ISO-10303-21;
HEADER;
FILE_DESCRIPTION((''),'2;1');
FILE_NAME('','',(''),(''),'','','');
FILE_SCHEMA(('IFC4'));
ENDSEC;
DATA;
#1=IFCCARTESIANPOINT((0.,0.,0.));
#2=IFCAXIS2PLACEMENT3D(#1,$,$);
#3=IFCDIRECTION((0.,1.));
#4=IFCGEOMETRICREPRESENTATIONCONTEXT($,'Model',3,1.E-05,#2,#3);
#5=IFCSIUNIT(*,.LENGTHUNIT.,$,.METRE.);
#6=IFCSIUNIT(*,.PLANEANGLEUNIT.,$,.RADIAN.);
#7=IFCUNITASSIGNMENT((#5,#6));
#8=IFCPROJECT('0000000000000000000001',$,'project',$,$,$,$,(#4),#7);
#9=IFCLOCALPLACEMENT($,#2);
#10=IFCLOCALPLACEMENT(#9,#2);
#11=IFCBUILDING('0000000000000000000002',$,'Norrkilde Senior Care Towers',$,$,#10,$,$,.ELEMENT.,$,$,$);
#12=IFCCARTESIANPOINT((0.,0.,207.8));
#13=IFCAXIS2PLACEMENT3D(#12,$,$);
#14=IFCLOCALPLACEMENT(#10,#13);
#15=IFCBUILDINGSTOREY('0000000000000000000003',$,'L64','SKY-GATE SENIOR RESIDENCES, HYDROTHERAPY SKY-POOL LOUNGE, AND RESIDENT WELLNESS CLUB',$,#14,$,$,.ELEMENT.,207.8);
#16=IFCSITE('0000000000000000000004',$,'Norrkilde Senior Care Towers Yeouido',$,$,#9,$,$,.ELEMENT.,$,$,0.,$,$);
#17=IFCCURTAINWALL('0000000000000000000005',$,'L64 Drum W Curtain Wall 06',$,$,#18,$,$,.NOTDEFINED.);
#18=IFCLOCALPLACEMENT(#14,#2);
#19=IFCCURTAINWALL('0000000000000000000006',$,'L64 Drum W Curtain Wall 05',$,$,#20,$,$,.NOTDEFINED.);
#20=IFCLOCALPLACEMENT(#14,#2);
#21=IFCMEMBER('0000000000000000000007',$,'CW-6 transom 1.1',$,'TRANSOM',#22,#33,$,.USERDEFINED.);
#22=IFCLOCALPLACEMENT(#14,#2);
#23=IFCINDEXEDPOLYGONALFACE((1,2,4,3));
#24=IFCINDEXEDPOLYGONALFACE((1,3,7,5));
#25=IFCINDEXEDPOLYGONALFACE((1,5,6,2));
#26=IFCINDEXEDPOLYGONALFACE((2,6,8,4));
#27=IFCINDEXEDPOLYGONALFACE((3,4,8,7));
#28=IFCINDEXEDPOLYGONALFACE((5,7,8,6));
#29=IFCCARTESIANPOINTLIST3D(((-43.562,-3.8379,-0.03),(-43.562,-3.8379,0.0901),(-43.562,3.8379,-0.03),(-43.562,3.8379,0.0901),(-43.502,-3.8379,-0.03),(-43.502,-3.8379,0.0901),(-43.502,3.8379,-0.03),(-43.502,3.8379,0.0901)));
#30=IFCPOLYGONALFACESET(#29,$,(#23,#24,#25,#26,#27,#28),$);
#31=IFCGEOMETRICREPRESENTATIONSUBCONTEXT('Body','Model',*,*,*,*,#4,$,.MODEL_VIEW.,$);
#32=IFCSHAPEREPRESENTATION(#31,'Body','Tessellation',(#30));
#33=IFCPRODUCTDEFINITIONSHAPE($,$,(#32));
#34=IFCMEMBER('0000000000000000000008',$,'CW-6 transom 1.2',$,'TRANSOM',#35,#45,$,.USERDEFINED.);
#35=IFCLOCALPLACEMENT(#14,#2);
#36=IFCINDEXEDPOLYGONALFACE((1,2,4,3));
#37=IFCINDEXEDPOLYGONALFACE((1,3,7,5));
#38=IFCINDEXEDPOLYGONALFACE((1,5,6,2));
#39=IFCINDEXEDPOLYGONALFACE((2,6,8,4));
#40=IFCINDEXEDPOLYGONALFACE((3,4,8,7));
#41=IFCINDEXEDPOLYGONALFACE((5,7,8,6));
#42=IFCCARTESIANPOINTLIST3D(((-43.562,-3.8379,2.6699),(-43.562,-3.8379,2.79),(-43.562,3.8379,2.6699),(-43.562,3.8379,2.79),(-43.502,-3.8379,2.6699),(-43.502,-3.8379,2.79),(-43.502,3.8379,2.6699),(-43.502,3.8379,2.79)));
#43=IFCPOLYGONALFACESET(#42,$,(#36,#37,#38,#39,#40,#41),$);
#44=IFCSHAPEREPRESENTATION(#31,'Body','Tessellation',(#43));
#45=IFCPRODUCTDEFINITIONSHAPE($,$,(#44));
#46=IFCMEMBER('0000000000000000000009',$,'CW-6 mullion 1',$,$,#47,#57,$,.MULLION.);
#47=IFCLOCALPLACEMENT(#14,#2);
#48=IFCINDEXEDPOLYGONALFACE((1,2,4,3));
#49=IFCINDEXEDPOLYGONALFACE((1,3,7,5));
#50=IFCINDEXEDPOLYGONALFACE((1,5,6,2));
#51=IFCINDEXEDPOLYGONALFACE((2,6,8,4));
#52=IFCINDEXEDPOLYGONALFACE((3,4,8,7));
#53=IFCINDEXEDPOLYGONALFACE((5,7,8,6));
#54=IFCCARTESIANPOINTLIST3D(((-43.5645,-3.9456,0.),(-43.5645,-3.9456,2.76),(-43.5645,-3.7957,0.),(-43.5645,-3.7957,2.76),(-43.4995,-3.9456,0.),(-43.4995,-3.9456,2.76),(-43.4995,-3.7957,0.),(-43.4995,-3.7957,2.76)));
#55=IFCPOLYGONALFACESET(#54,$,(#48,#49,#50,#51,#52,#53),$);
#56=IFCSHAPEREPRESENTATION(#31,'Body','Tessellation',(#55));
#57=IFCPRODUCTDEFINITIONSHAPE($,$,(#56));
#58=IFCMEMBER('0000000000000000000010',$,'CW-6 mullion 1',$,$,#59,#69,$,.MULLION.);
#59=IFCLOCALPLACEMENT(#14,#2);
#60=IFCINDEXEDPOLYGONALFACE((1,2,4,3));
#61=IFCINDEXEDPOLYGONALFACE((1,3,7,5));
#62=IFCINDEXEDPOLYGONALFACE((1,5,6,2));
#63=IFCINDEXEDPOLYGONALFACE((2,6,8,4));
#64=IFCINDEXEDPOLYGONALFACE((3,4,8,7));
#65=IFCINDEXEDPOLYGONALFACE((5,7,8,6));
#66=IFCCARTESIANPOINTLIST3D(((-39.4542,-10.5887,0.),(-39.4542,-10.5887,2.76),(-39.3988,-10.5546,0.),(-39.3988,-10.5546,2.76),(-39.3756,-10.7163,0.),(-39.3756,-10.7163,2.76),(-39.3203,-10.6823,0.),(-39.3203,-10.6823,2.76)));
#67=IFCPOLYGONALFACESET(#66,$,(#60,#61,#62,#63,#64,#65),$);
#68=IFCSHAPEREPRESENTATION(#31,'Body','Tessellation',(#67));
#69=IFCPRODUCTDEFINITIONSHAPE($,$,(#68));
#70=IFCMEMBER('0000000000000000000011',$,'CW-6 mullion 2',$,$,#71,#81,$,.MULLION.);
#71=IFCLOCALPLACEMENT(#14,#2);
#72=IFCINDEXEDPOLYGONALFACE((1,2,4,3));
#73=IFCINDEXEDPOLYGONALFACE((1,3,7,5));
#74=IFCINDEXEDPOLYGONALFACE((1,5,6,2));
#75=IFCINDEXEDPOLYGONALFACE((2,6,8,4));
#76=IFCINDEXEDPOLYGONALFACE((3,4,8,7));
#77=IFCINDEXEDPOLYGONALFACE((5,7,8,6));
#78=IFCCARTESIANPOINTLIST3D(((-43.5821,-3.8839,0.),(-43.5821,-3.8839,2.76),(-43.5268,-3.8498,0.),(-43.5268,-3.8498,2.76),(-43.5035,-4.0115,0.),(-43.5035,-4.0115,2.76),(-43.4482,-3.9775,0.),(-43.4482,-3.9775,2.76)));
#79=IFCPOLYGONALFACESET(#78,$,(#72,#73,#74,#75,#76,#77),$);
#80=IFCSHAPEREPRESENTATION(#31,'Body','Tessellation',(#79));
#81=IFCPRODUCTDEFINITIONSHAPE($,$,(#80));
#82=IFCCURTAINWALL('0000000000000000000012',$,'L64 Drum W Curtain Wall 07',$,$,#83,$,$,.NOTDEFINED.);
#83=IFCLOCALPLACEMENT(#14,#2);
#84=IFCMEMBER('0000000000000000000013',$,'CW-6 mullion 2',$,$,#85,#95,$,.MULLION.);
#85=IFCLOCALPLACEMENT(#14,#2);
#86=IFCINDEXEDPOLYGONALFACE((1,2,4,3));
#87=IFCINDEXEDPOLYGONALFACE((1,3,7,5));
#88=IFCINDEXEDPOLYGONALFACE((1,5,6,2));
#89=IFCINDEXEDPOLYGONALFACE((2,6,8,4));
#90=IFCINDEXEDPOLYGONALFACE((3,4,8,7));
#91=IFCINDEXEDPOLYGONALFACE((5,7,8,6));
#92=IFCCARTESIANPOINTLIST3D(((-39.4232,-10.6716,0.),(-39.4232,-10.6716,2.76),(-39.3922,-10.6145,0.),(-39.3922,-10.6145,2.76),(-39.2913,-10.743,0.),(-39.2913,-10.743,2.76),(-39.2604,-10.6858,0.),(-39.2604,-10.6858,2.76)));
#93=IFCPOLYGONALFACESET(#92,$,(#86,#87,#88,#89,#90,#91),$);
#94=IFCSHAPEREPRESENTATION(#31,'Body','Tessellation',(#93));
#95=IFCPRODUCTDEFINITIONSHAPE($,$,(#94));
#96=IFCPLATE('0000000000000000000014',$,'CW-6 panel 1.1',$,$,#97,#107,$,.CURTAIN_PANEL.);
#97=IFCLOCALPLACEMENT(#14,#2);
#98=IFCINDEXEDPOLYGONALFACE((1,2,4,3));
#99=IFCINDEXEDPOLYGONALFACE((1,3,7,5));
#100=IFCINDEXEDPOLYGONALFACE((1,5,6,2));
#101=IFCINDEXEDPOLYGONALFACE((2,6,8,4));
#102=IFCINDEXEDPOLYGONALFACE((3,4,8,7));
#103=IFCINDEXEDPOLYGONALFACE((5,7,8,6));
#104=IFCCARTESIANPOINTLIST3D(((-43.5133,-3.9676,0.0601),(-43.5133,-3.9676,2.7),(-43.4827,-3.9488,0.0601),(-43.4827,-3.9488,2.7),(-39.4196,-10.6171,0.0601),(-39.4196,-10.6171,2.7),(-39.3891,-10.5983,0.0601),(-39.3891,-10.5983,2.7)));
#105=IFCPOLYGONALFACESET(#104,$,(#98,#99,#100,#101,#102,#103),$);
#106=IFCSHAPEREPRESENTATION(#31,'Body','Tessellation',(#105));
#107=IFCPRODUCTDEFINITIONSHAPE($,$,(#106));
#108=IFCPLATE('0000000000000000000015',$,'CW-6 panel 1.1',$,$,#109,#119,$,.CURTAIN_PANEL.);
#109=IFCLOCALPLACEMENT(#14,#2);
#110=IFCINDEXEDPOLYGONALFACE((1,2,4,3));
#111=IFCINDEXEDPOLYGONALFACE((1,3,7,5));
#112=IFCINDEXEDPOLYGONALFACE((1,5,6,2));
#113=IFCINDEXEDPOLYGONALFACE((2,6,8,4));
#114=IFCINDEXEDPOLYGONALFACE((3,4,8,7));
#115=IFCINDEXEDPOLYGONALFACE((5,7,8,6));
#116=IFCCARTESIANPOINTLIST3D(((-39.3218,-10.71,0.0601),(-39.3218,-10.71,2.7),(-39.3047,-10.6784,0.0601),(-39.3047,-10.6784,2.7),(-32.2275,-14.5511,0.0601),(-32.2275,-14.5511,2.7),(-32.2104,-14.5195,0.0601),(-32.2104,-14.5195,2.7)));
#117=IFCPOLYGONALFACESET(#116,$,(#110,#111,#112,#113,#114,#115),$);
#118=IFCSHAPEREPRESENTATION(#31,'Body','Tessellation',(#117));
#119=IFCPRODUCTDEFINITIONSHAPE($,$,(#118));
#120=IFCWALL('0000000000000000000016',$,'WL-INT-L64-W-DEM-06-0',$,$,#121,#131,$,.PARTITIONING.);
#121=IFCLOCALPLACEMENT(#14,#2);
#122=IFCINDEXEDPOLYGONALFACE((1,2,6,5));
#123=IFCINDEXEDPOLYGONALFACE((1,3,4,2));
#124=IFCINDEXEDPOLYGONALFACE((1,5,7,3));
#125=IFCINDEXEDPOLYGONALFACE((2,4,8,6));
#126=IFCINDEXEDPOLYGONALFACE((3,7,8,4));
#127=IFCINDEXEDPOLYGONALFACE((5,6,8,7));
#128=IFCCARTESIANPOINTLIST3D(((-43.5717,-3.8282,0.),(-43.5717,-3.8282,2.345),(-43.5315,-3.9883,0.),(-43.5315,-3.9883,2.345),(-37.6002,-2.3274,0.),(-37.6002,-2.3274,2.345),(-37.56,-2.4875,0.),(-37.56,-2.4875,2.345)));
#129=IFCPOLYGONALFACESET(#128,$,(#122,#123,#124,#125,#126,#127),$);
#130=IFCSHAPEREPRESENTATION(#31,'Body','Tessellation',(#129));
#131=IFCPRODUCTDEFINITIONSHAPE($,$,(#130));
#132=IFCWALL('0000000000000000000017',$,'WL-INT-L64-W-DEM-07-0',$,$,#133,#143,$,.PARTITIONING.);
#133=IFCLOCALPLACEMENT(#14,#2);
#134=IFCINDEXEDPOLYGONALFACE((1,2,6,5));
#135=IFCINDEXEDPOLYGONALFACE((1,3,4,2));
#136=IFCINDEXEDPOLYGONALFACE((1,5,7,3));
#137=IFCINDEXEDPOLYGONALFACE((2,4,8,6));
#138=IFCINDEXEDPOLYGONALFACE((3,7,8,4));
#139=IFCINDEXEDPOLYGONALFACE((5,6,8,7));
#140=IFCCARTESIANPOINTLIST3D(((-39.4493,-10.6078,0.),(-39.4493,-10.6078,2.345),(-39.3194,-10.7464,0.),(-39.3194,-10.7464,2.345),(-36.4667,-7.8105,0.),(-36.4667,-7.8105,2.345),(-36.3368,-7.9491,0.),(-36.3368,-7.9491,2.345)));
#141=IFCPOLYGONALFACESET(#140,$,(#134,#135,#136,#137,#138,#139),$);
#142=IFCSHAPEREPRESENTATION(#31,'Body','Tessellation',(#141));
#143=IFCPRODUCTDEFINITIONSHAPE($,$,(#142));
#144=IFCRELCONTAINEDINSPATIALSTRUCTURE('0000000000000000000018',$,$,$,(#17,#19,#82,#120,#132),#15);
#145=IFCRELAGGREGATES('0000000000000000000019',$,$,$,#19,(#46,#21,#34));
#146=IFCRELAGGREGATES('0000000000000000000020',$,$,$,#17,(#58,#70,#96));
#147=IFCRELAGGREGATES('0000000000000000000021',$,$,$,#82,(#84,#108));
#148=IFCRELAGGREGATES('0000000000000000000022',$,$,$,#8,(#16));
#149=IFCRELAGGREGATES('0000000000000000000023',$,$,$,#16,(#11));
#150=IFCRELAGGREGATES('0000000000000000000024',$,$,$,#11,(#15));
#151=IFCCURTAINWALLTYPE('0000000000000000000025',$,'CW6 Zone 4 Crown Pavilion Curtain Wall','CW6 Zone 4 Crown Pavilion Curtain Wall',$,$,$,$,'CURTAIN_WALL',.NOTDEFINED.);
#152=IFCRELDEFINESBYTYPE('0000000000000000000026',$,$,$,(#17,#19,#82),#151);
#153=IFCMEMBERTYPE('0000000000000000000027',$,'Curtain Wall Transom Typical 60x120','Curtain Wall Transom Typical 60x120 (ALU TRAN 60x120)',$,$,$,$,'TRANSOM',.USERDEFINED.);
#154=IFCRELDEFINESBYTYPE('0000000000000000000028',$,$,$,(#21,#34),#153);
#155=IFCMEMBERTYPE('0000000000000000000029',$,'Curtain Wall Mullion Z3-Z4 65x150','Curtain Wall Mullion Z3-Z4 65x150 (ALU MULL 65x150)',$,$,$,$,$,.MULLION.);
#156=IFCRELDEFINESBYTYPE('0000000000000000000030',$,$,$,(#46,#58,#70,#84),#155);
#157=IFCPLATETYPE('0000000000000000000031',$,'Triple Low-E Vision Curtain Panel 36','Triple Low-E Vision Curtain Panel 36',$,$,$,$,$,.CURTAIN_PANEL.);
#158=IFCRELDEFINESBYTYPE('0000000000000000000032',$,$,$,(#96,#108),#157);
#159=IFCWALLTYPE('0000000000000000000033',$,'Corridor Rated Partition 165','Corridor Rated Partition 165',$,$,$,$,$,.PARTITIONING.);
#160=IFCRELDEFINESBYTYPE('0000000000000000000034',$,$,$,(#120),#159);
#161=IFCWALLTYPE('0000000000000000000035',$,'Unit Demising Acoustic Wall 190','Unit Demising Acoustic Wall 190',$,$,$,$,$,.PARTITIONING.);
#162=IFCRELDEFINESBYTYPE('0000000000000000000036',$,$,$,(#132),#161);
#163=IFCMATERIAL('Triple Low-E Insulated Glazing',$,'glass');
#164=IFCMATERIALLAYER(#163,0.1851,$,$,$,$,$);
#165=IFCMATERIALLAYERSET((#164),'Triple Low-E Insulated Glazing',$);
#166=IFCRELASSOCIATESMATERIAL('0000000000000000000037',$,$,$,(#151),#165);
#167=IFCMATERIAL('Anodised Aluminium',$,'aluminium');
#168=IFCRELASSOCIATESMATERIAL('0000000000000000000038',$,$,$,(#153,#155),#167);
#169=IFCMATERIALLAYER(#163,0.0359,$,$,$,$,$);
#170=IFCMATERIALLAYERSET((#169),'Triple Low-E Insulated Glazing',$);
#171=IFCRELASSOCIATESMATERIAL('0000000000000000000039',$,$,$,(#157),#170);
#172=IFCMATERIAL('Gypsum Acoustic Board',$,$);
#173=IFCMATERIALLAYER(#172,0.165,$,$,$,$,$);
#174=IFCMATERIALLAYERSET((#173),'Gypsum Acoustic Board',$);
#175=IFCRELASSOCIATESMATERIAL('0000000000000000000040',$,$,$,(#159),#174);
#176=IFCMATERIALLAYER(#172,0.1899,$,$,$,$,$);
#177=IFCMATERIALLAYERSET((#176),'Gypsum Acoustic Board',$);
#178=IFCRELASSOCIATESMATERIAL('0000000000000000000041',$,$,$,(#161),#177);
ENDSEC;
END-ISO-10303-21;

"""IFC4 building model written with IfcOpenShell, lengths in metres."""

from ifc_helpers import new_model, si_unit, direction, frame, frame_2d, origin, origin_2d, place, context, subcontext, project, spatial, rectangle, extrude, source, transform, mapped, material, layer, layer_set, material_profile, profile_set, type_object, type_shapes, element, aggregate, save


model = new_model("IFC4")

# Units and contexts
model_context = context("Model", 3, precision=1e-05, world=origin(), true_north=direction((0.0, 1.0)))
body_context = subcontext(model_context, "Body", "Model", "MODEL_VIEW")
ifc_project = project(units=[si_unit("LENGTHUNIT", "METRE"), si_unit("PLANEANGLEUNIT", "RADIAN")], contexts=[model_context])

# Site, building, storey
site_placement = place(None, origin())
site = spatial("IfcSite", under=ifc_project, at=site_placement, Name="Norrkilde Senior Care Towers Yeouido", CompositionType="ELEMENT", RefElevation=0.0)
building_placement = place(site_placement, origin())
building = spatial("IfcBuilding", under=site, at=building_placement, Name="Norrkilde Senior Care Towers", CompositionType="ELEMENT")
storey_placement = place(building_placement, frame((0.0, 0.0, 207.8)))
storey = spatial("IfcBuildingStorey", under=building, at=storey_placement, Name="L64", Description="SKY-GATE SENIOR RESIDENCES, HYDROTHERAPY SKY-POOL LOUNGE, AND RESIDENT WELLNESS CLUB", CompositionType="ELEMENT", Elevation=207.8)

# Curtain walls, members
ifc_material_1 = material(Name="Triple Low-E Insulated Glazing", Category="glass")
ifc_layer_1 = layer(ifc_material_1, 0.1851)
ifc_layer_set_1 = layer_set([ifc_layer_1], Name="Triple Low-E Insulated Glazing")
curtain_wall_type = type_object("IfcCurtainWallType", Name="CW6 Zone 4 Crown Pavilion Curtain Wall", Description="CW6 Zone 4 Crown Pavilion Curtain Wall", ElementType="CURTAIN_WALL", PredefinedType="NOTDEFINED", material=ifc_layer_set_1)
curtain_wall_1_placement = place(storey_placement, origin())
curtain_wall_1 = element("IfcCurtainWall", 1, at=curtain_wall_1_placement, inside=storey, type_object=curtain_wall_type, Name="L64 Drum W Curtain Wall 06", PredefinedType="NOTDEFINED")
ifc_material_2 = material(Name="Anodised Aluminium", Category="aluminium")
ifc_material_profile_1 = material_profile(ifc_material_2, rectangle(XDim=0.0601, YDim=0.1201, at=origin_2d()), Name="ALU TRAN 60x120")
ifc_profile_set_1 = profile_set([ifc_material_profile_1], Name="Anodised Aluminium")
member_type_1 = type_object("IfcMemberType", Name="Curtain Wall Transom Typical 60x120", Description="Curtain Wall Transom Typical 60x120 (ALU TRAN 60x120)", ElementType="TRANSOM", PredefinedType="USERDEFINED", material=ifc_profile_set_1)
curtain_wall_2_placement = place(storey_placement, origin())
curtain_wall_2 = element("IfcCurtainWall", 2, at=curtain_wall_2_placement, inside=storey, type_object=curtain_wall_type, Name="L64 Drum W Curtain Wall 05", PredefinedType="NOTDEFINED")
shared_shape_1 = source(origin(), body_context, "Body", "SweptSolid", [
    extrude(rectangle(XDim=0.0601, YDim=0.1201, at=origin_2d()), origin(), (0.0, 0.0, 1.0), 7.6758),
])
member_1_placement = place(storey_placement, frame((-43.532, -3.8379, 0.03), z_axis=(0.0, 1.0, 0.0), x_axis=(-1.0, 0.0, 0.0)))
member_1 = element("IfcMember", 3, at=member_1_placement, type_object=member_type_1, Name="CW-6 transom 1.1", ObjectType="TRANSOM", PredefinedType="USERDEFINED", context=body_context, shape_type="MappedRepresentation", body=[
    mapped(shared_shape_1, transform((0.0, 0.0, 0.0), x_axis=(1.0, 0.0, 0.0), y_axis=(0.0, 1.0, 0.0), z_axis=(0.0, 0.0, 1.0), scale=1.0)),
])
member_2_placement = place(storey_placement, frame((-43.532, -3.8379, 2.73), z_axis=(0.0, 1.0, 0.0), x_axis=(-1.0, 0.0, 0.0)))
member_2 = element("IfcMember", 4, at=member_2_placement, type_object=member_type_1, Name="CW-6 transom 1.2", ObjectType="TRANSOM", PredefinedType="USERDEFINED", context=body_context, shape_type="MappedRepresentation", body=[
    mapped(shared_shape_1, transform((0.0, 0.0, 0.0), x_axis=(1.0, 0.0, 0.0), y_axis=(0.0, 1.0, 0.0), z_axis=(0.0, 0.0, 1.0), scale=1.0)),
])
ifc_material_profile_2 = material_profile(ifc_material_2, rectangle(XDim=0.0649, YDim=0.1499, at=origin_2d()), Name="ALU MULL 65x150")
ifc_profile_set_2 = profile_set([ifc_material_profile_2], Name="Anodised Aluminium")
member_type_2 = type_object("IfcMemberType", Name="Curtain Wall Mullion Z3-Z4 65x150", Description="Curtain Wall Mullion Z3-Z4 65x150 (ALU MULL 65x150)", PredefinedType="MULLION", material=ifc_profile_set_2)
shared_shape_2 = source(origin(), body_context, "Body", "SweptSolid", [
    extrude(rectangle(XDim=0.0649, YDim=0.1499, at=origin_2d()), origin(), (0.0, 0.0, 1.0), 2.76),
])
type_shapes(member_type_2, [shared_shape_2])
member_3_placement = place(storey_placement, frame((-43.532, -3.8706, 0.0), z_axis=(0.0, 0.0, 1.0), x_axis=(-1.0, 0.0, 0.0)))
member_3 = element("IfcMember", 5, at=member_3_placement, type_object=member_type_2, Name="CW-6 mullion 1", PredefinedType="MULLION", context=body_context, shape_type="MappedRepresentation", body=[
    mapped(shared_shape_2, transform((0.0, 0.0, 0.0), x_axis=(1.0, 0.0, 0.0), y_axis=(0.0, 1.0, 0.0), z_axis=(0.0, 0.0, 1.0), scale=1.0)),
])
aggregate(curtain_wall_2, [member_3, member_1, member_2])

# Members
member_4_placement = place(storey_placement, frame((-39.3872, -10.6355, 0.0), z_axis=(0.0, 0.0, 1.0), x_axis=(-0.851563, -0.524253, 0.0)))
member_4 = element("IfcMember", 6, at=member_4_placement, type_object=member_type_2, Name="CW-6 mullion 1", PredefinedType="MULLION", context=body_context, shape_type="MappedRepresentation", body=[
    mapped(shared_shape_2, transform((0.0, 0.0, 0.0), x_axis=(1.0, 0.0, 0.0), y_axis=(0.0, 1.0, 0.0), z_axis=(0.0, 0.0, 1.0), scale=1.0)),
])
member_5_placement = place(storey_placement, frame((-43.5151, -3.9307, 0.0), z_axis=(0.0, 0.0, 1.0), x_axis=(-0.851563, -0.524253, 0.0)))
member_5 = element("IfcMember", 7, at=member_5_placement, type_object=member_type_2, Name="CW-6 mullion 2", PredefinedType="MULLION", context=body_context, shape_type="MappedRepresentation", body=[
    mapped(shared_shape_2, transform((0.0, 0.0, 0.0), x_axis=(1.0, 0.0, 0.0), y_axis=(0.0, 1.0, 0.0), z_axis=(0.0, 0.0, 1.0), scale=1.0)),
])

# Curtain wall, member
curtain_wall_3_placement = place(storey_placement, origin())
curtain_wall_3 = element("IfcCurtainWall", 8, at=curtain_wall_3_placement, inside=storey, type_object=curtain_wall_type, Name="L64 Drum W Curtain Wall 07", PredefinedType="NOTDEFINED")
member_6_placement = place(storey_placement, frame((-39.3418, -10.6787, 0.0), z_axis=(0.0, 0.0, 1.0), x_axis=(-0.476133, -0.879373, 0.0)))
member_6 = element("IfcMember", 9, at=member_6_placement, type_object=member_type_2, Name="CW-6 mullion 2", PredefinedType="MULLION", context=body_context, shape_type="MappedRepresentation", body=[
    mapped(shared_shape_2, transform((0.0, 0.0, 0.0), x_axis=(1.0, 0.0, 0.0), y_axis=(0.0, 1.0, 0.0), z_axis=(0.0, 0.0, 1.0), scale=1.0)),
])

# Plates
ifc_layer_2 = layer(ifc_material_1, 0.0359)
ifc_layer_set_2 = layer_set([ifc_layer_2], Name="Triple Low-E Insulated Glazing")
plate_type = type_object("IfcPlateType", Name="Triple Low-E Vision Curtain Panel 36", Description="Triple Low-E Vision Curtain Panel 36", PredefinedType="CURTAIN_PANEL", material=ifc_layer_set_2)
shared_shape_3 = source(origin(), body_context, "Body", "SweptSolid", [
    extrude(rectangle(XDim=7.8086, YDim=0.0359, at=origin_2d()), origin(), (0.0, 0.0, 1.0), 2.6399),
])
plate_1_placement = place(storey_placement, frame((-41.4512, -7.283, 0.0601), z_axis=(0.0, 0.0, 1.0), x_axis=(-0.524253, 0.851563, 0.0)))
plate_1 = element("IfcPlate", 10, at=plate_1_placement, type_object=plate_type, Name="CW-6 panel 1.1", PredefinedType="CURTAIN_PANEL", context=body_context, shape_type="MappedRepresentation", body=[
    mapped(shared_shape_3, transform((0.0, 0.0, 0.0), x_axis=(1.0, 0.0, 0.0), y_axis=(0.0, 1.0, 0.0), z_axis=(0.0, 0.0, 1.0), scale=1.0)),
])
aggregate(curtain_wall_1, [member_4, member_5, plate_1])
shared_shape_4 = source(origin(), body_context, "Body", "SweptSolid", [
    extrude(rectangle(XDim=8.0674, YDim=0.0359, at=origin_2d()), origin(), (0.0, 0.0, 1.0), 2.6399),
])
type_shapes(plate_type, [shared_shape_3, shared_shape_4])
plate_2_placement = place(storey_placement, frame((-35.7661, -12.6147, 0.0601), z_axis=(0.0, 0.0, 1.0), x_axis=(-0.879373, 0.476133, 0.0)))
plate_2 = element("IfcPlate", 11, at=plate_2_placement, type_object=plate_type, Name="CW-6 panel 1.1", PredefinedType="CURTAIN_PANEL", context=body_context, shape_type="MappedRepresentation", body=[
    mapped(shared_shape_4, transform((0.0, 0.0, 0.0), x_axis=(1.0, 0.0, 0.0), y_axis=(0.0, 1.0, 0.0), z_axis=(0.0, 0.0, 1.0), scale=1.0)),
])
aggregate(curtain_wall_3, [member_6, plate_2])

# Walls
ifc_material_3 = material(Name="Gypsum Acoustic Board")
ifc_layer_3 = layer(ifc_material_3, 0.165)
ifc_layer_set_3 = layer_set([ifc_layer_3], Name="Gypsum Acoustic Board")
wall_type_1 = type_object("IfcWallType", Name="Corridor Rated Partition 165", Description="Corridor Rated Partition 165", PredefinedType="PARTITIONING", material=ifc_layer_set_3)
shared_shape_5 = source(origin(), body_context, "Body", "SweptSolid", [
    extrude(rectangle(XDim=6.1572, YDim=0.165, at=frame_2d((3.0786, 0.0))), origin(), (0.0, 0.0, 1.0), 2.345),
])
wall_1_placement = place(storey_placement, frame((-37.5801, -2.4075, 0.0), z_axis=(0.0, 0.0, 1.0), x_axis=(-0.969841, -0.243739, 0.0)))
element("IfcWall", 12, at=wall_1_placement, inside=storey, type_object=wall_type_1, Name="WL-INT-L64-W-DEM-06-0", PredefinedType="PARTITIONING", context=body_context, shape_type="MappedRepresentation", body=[
    mapped(shared_shape_5, transform((0.0, 0.0, 0.0), x_axis=(1.0, 0.0, 0.0), y_axis=(0.0, 1.0, 0.0), z_axis=(0.0, 0.0, 1.0), scale=1.0)),
])
ifc_layer_4 = layer(ifc_material_3, 0.1899)
ifc_layer_set_4 = layer_set([ifc_layer_4], Name="Gypsum Acoustic Board")
wall_type_2 = type_object("IfcWallType", Name="Unit Demising Acoustic Wall 190", Description="Unit Demising Acoustic Wall 190", PredefinedType="PARTITIONING", material=ifc_layer_set_4)
shared_shape_6 = source(origin(), body_context, "Body", "SweptSolid", [
    extrude(rectangle(XDim=4.0891, YDim=0.1899, at=frame_2d((2.0444, 0.0))), origin(), (0.0, 0.0, 1.0), 2.345),
])
type_shapes(wall_type_2, [shared_shape_6])
wall_2_placement = place(storey_placement, frame((-36.4019, -7.8799, 0.0), z_axis=(0.0, 0.0, 1.0), x_axis=(-0.729401, -0.684086, 0.0)))
element("IfcWall", 13, at=wall_2_placement, inside=storey, type_object=wall_type_2, Name="WL-INT-L64-W-DEM-07-0", PredefinedType="PARTITIONING", context=body_context, shape_type="MappedRepresentation", body=[
    mapped(shared_shape_6, transform((0.0, 0.0, 0.0), x_axis=(1.0, 0.0, 0.0), y_axis=(0.0, 1.0, 0.0), z_axis=(0.0, 0.0, 1.0), scale=1.0)),
])

save(model, "model.ifc")
